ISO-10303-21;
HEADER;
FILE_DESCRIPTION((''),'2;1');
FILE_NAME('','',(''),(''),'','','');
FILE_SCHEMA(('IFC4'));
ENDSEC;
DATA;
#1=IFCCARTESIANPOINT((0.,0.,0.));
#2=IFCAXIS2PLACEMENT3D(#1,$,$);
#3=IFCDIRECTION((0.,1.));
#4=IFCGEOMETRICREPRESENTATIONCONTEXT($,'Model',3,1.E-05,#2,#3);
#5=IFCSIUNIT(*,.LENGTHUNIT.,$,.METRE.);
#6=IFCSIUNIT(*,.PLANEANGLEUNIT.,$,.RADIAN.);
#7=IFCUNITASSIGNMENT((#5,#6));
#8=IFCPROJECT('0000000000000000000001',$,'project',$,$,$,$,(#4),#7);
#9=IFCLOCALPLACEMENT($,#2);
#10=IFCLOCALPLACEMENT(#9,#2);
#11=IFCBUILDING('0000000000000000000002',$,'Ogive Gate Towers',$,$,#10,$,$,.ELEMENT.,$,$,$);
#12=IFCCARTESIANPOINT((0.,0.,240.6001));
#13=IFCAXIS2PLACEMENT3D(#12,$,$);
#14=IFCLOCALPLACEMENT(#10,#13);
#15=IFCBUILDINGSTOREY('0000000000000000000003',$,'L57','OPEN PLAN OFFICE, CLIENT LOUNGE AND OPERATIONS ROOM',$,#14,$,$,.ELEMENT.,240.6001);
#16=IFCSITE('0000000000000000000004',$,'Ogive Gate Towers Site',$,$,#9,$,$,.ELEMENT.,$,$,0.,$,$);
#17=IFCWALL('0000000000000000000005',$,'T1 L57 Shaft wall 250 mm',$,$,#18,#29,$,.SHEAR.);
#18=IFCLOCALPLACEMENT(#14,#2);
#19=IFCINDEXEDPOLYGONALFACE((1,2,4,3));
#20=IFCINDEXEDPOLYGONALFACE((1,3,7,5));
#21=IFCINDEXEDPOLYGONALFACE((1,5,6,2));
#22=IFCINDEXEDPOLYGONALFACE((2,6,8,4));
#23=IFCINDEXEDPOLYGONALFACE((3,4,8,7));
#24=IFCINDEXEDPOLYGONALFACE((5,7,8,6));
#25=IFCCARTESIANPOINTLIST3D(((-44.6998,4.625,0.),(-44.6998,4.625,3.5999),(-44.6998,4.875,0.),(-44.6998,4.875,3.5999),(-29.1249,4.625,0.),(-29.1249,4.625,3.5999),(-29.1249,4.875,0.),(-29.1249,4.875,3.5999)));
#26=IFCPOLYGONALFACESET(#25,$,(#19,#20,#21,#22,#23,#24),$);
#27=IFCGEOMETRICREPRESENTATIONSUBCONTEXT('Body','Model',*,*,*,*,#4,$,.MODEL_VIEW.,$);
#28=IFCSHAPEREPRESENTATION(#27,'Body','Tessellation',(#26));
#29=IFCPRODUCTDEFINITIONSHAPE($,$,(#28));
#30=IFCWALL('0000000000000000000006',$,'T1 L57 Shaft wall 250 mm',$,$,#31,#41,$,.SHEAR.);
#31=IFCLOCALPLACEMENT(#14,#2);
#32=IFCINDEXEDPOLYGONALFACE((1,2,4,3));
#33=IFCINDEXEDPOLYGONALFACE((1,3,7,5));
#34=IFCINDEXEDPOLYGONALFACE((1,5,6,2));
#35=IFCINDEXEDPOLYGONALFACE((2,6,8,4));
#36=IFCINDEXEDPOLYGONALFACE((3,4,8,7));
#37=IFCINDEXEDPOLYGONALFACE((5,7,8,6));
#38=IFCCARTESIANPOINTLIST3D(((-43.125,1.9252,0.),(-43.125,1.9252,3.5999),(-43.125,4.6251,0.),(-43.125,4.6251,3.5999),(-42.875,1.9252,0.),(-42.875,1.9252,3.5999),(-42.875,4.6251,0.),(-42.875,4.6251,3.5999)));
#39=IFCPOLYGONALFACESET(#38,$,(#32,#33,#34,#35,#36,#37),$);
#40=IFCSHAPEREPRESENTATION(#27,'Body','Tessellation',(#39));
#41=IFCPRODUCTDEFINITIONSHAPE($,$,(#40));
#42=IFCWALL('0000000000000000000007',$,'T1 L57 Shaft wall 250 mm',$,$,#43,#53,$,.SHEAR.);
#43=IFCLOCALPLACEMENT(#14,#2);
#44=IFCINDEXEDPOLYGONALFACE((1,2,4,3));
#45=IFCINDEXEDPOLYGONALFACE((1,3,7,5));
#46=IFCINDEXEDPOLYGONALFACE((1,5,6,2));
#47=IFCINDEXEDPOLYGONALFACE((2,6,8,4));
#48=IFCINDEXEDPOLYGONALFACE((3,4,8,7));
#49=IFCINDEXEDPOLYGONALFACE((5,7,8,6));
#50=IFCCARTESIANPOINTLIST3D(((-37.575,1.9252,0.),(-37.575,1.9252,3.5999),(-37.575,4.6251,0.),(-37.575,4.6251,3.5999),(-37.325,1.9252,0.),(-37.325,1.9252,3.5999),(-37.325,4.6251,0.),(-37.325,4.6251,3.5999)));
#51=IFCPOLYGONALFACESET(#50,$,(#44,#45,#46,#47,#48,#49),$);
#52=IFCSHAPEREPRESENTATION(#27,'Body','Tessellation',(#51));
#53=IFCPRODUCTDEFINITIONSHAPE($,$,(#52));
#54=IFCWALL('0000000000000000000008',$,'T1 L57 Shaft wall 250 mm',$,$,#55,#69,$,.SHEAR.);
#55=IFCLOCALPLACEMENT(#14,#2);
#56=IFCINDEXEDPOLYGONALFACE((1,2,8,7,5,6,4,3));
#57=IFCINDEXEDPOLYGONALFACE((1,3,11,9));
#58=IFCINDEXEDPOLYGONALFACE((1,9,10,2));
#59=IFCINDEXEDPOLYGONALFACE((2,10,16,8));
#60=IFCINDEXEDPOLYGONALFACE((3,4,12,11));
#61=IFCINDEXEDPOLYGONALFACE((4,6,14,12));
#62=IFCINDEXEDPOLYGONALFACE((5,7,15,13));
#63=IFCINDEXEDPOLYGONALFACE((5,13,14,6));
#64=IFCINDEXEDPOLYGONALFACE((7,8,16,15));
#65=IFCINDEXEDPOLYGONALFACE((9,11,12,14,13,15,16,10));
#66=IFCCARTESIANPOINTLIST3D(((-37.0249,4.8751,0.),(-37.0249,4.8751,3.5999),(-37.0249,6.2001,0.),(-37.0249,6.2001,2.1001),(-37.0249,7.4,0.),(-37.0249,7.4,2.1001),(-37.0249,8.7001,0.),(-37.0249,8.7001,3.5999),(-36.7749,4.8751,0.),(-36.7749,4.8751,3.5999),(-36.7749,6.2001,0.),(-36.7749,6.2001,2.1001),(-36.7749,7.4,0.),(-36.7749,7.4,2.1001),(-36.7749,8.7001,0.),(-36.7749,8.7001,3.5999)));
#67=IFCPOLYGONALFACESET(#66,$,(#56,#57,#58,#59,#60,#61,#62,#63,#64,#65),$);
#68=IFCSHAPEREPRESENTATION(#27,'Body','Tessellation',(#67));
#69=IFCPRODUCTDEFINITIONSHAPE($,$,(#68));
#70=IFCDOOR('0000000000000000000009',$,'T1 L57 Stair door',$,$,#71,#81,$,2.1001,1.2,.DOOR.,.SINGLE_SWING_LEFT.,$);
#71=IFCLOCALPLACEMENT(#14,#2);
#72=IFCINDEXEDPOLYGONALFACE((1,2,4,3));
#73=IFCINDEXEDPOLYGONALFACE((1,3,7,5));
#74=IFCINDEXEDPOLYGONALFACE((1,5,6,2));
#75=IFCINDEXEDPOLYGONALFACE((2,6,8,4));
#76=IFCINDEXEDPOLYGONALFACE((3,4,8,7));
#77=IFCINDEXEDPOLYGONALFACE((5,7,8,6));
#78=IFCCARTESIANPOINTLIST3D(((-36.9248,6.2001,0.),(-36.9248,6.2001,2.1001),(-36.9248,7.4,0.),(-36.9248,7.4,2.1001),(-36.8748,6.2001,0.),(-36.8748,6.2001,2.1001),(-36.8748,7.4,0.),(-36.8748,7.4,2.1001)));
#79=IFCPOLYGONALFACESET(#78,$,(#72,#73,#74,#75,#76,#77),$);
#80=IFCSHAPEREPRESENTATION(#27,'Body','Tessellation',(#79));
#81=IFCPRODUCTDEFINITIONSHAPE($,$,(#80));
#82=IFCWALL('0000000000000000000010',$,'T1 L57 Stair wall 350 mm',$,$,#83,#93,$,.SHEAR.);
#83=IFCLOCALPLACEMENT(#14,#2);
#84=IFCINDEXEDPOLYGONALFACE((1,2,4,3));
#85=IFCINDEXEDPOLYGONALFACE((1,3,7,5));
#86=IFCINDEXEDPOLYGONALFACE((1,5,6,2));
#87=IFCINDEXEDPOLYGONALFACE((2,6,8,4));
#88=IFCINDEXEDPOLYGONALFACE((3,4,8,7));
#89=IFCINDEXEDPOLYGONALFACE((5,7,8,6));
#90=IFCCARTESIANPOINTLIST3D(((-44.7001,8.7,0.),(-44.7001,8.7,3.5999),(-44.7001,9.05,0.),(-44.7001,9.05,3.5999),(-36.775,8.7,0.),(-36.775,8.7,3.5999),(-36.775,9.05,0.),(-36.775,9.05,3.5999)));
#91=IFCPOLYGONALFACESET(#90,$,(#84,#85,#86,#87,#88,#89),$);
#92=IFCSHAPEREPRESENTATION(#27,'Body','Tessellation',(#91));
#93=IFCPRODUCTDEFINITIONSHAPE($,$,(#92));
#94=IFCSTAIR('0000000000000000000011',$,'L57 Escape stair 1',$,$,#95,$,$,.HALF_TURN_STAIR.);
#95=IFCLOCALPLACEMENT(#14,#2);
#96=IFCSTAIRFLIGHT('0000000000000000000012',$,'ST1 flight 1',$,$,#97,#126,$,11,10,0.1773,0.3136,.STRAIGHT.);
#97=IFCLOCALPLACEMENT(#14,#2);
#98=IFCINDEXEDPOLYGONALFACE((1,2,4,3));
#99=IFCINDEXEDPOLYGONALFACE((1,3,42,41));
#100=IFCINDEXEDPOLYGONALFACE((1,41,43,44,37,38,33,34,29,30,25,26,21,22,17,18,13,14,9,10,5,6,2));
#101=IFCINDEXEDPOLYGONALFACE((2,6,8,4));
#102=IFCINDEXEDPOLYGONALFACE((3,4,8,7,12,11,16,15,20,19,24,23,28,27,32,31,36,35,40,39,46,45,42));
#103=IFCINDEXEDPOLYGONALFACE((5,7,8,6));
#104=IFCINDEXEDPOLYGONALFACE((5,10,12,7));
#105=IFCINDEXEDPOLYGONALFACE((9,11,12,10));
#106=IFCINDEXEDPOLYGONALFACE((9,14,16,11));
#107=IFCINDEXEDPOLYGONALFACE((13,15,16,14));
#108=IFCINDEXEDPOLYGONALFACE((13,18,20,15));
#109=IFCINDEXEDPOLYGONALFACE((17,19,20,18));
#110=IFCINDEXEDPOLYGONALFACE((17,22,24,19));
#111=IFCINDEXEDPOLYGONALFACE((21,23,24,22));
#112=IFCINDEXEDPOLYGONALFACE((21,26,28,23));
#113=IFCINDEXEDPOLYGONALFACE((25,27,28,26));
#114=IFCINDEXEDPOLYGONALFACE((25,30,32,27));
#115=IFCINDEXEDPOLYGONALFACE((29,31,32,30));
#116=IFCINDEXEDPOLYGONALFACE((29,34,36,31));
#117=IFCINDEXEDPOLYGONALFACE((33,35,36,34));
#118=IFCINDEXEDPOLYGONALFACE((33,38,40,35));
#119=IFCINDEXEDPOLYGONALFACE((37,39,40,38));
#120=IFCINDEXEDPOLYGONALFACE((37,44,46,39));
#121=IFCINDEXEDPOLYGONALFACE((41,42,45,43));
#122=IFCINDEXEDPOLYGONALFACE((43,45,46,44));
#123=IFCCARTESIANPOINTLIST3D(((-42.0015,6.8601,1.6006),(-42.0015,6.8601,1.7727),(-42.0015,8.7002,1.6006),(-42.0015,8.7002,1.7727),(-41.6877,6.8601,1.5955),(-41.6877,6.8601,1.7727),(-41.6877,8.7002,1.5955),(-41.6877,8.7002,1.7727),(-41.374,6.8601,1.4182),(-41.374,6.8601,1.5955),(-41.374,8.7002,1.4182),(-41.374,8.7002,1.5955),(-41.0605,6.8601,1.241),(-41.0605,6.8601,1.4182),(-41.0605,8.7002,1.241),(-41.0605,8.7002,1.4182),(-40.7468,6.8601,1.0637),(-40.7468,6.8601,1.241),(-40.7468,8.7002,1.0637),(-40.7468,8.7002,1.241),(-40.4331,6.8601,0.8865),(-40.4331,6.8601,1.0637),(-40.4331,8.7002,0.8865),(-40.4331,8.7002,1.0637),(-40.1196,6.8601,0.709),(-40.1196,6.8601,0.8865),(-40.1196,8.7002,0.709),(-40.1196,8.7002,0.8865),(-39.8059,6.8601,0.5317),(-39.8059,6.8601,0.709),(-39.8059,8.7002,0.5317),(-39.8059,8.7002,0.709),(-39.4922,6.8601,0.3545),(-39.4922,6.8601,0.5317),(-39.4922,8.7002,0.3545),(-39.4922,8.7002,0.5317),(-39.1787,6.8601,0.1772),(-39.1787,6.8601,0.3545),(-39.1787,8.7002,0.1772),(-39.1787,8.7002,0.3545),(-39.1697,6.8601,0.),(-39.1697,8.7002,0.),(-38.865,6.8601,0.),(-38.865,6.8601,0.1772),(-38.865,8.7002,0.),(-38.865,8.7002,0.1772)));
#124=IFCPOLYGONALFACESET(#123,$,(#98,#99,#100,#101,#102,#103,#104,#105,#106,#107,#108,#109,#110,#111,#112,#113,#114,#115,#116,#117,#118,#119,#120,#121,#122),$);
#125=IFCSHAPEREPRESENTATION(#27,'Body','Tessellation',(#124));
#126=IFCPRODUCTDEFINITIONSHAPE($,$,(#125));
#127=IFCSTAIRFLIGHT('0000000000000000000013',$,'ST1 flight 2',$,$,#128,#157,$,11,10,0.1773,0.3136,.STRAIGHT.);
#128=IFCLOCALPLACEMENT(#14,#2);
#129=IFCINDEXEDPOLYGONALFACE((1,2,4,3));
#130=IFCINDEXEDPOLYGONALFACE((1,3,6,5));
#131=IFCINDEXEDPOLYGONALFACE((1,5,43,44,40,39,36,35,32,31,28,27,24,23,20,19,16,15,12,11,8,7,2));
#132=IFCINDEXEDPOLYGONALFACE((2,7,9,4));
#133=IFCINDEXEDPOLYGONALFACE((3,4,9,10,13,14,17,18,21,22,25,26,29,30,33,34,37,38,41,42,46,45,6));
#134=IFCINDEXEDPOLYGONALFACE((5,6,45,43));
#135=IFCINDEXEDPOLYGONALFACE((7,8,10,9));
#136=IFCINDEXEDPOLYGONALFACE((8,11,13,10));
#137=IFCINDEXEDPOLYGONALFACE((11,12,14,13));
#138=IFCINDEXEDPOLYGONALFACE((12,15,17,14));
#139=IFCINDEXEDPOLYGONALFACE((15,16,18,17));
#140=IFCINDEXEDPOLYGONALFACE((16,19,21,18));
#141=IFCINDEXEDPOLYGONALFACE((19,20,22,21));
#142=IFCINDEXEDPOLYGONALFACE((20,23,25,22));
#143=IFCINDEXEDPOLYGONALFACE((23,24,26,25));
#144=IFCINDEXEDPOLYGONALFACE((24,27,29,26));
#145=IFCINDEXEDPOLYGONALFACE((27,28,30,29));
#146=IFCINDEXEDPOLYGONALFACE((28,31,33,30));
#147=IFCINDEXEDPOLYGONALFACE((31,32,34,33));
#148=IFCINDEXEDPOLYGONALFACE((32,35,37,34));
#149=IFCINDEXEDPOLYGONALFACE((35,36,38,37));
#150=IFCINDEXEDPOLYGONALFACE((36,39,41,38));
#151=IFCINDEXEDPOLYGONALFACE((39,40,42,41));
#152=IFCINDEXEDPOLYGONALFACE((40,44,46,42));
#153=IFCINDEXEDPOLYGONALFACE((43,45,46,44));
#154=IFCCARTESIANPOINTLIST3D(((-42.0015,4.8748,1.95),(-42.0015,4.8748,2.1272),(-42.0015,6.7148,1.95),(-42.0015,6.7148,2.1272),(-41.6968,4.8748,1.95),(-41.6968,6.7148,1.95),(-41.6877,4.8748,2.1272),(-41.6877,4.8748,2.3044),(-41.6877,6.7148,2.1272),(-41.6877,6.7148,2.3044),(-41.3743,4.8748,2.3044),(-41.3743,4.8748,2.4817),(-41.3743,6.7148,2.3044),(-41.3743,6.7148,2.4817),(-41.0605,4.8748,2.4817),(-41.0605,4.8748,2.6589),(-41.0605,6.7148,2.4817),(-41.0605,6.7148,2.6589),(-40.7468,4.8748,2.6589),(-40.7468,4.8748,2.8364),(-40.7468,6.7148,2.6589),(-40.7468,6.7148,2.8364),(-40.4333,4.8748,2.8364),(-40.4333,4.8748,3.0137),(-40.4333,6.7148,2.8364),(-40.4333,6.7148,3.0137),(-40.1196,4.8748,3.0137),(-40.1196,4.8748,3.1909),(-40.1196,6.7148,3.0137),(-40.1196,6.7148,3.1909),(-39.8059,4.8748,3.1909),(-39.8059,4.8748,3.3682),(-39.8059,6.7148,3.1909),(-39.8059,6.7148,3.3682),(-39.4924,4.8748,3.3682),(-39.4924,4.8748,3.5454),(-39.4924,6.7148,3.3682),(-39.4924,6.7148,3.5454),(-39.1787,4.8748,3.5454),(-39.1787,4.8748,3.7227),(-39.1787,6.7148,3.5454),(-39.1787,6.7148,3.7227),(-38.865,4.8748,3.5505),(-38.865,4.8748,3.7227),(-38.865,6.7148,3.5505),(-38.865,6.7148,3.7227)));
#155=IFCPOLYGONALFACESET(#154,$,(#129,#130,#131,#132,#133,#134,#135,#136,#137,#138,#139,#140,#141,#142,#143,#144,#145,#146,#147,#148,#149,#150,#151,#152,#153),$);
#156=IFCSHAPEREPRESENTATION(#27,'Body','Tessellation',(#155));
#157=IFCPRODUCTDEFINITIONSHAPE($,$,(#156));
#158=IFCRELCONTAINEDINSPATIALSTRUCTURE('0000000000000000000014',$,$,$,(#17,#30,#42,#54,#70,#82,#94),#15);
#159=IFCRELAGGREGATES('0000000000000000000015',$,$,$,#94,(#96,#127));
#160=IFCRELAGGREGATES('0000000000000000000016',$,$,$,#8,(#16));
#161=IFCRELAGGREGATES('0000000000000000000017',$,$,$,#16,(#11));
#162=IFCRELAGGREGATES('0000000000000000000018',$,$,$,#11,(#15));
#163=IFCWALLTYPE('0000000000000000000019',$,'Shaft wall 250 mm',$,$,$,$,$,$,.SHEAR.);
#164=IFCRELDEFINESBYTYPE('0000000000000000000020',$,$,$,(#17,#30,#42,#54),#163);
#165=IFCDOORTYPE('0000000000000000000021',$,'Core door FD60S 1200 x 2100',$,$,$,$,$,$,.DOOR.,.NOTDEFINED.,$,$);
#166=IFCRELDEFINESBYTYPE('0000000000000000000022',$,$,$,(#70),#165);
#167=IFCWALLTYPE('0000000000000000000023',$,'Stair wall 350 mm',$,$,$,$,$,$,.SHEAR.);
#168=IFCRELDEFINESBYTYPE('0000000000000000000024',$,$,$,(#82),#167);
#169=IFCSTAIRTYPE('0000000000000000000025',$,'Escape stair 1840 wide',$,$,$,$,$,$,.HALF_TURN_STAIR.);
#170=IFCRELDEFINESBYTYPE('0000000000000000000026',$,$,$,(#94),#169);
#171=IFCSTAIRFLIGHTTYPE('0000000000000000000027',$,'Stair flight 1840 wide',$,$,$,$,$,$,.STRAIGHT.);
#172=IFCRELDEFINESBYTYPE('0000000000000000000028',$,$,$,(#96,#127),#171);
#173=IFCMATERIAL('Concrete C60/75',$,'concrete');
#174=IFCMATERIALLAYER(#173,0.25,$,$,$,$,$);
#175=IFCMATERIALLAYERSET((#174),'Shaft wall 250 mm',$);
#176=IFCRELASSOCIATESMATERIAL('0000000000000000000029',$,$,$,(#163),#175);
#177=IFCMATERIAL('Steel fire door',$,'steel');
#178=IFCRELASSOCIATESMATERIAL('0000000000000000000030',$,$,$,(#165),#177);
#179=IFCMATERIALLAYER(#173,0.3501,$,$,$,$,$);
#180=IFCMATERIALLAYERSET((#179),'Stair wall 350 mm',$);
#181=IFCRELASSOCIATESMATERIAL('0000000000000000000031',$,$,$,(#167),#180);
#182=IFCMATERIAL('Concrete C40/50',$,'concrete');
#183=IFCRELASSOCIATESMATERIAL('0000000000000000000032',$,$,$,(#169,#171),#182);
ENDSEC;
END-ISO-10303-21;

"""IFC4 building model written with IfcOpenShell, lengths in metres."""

from ifc_helpers import new_model, si_unit, direction, frame, frame_2d, origin, place, context, subcontext, project, spatial, polyline, rectangle, outline, extrude, material, layer, layer_set, type_object, element, fill, aggregate, save


model = new_model("IFC4")

# Units and contexts
model_context = context("Model", 3, precision=1e-05, world=origin(), true_north=direction((0.0, 1.0)))
body_context = subcontext(model_context, "Body", "Model", "MODEL_VIEW")
ifc_project = project(units=[si_unit("LENGTHUNIT", "METRE"), si_unit("PLANEANGLEUNIT", "RADIAN")], contexts=[model_context])

# Site, building, storey
site_placement = place(None, origin())
site = spatial("IfcSite", under=ifc_project, at=site_placement, Name="Ogive Gate Towers Site", CompositionType="ELEMENT", RefElevation=0.0)
building_placement = place(site_placement, origin())
building = spatial("IfcBuilding", under=site, at=building_placement, Name="Ogive Gate Towers", CompositionType="ELEMENT")
storey_placement = place(building_placement, frame((0.0, 0.0, 240.6001)))
storey = spatial("IfcBuildingStorey", under=building, at=storey_placement, Name="L57", Description="OPEN PLAN OFFICE, CLIENT LOUNGE AND OPERATIONS ROOM", CompositionType="ELEMENT", Elevation=240.6001)

# Walls
ifc_material_1 = material(Name="Concrete C60/75", Category="concrete")
ifc_layer_1 = layer(ifc_material_1, 0.25)
ifc_layer_set_1 = layer_set([ifc_layer_1], Name="Shaft wall 250 mm")
wall_type_1 = type_object("IfcWallType", Name="Shaft wall 250 mm", PredefinedType="SHEAR", material=ifc_layer_set_1)
wall_1_placement = place(storey_placement, frame((-44.7, 4.75, 0.0), z_axis=(0.0, 0.0, 1.0), x_axis=(1.0, 0.0, 0.0)))
element("IfcWall", 1, at=wall_1_placement, inside=storey, type_object=wall_type_1, Name="T1 L57 Shaft wall 250 mm", PredefinedType="SHEAR", context=body_context, shape_type="SweptSolid", body=[
    extrude(rectangle(XDim=15.575, YDim=0.25, at=frame_2d((7.7876, 0.0))), origin(), (0.0, 0.0, 1.0), 3.5999),
])
for number, where, z_axis, x_axis, name in (
    (2, (-43.0, 1.925, 0.0), (0.0, 0.0, 1.0), (0.0, 1.0, 0.0), "T1 L57 Shaft wall 250 mm"),
    (3, (-37.45, 1.925, 0.0), (0.0, 0.0, 1.0), (0.0, 1.0, 0.0), "T1 L57 Shaft wall 250 mm"),
):
    element("IfcWall", number, at=place(storey_placement, frame(where, z_axis=z_axis, x_axis=x_axis)), inside=storey, type_object=wall_type_1, Name=name, PredefinedType="SHEAR", context=body_context, shape_type="SweptSolid", body=[
        extrude(rectangle(XDim=2.7, YDim=0.25, at=frame_2d((1.3501, 0.0))), origin(), (0.0, 0.0, 1.0), 3.5999),
    ])

# Wall, opening, door
wall_2_placement = place(storey_placement, frame((-36.8999, 4.875, 0.0), z_axis=(0.0, 0.0, 1.0), x_axis=(0.0, 1.0, 0.0)))
wall_2 = element("IfcWall", 4, at=wall_2_placement, inside=storey, type_object=wall_type_1, Name="T1 L57 Shaft wall 250 mm", PredefinedType="SHEAR", context=body_context, shape_type="SweptSolid", body=[
    extrude(rectangle(XDim=3.825, YDim=0.25, at=frame_2d((1.9126, 0.0))), origin(), (0.0, 0.0, 1.0), 3.5999),
])
opening_placement = place(wall_2_placement, frame((1.325, 0.0, 0.0)))
opening = element("IfcOpeningElement", 5, at=opening_placement, cuts=wall_2, PredefinedType="OPENING", context=body_context, shape_type="SweptSolid", body=[
    extrude(rectangle(XDim=1.2, YDim=2.1001, at=frame_2d((0.6001, 1.05))), frame((0.0, 0.135, 0.0), z_axis=(0.0, -1.0, 0.0), x_axis=(1.0, 0.0, 0.0)), (0.0, 0.0, 1.0), 0.27),
])
ifc_material_2 = material(Name="Steel fire door", Category="steel")
door_type = type_object("IfcDoorType", Name="Core door FD60S 1200 x 2100", OperationType="NOTDEFINED", PredefinedType="DOOR", material=ifc_material_2)
door_placement = place(opening_placement, origin())
door = element("IfcDoor", 6, at=door_placement, inside=storey, type_object=door_type, Name="T1 L57 Stair door", OperationType="SINGLE_SWING_LEFT", OverallHeight=2.1001, OverallWidth=1.2, PredefinedType="DOOR", context=body_context, shape_type="SweptSolid", body=[
    extrude(rectangle(XDim=1.2, YDim=2.1001, at=frame_2d((0.6001, 1.05))), frame((0.0, 0.0249, 0.0), z_axis=(0.0, -1.0, 0.0), x_axis=(1.0, 0.0, 0.0)), (0.0, 0.0, 1.0), 0.05),
])
fill(opening, door)

# Wall
ifc_layer_2 = layer(ifc_material_1, 0.3501)
ifc_layer_set_2 = layer_set([ifc_layer_2], Name="Stair wall 350 mm")
wall_type_2 = type_object("IfcWallType", Name="Stair wall 350 mm", PredefinedType="SHEAR", material=ifc_layer_set_2)
wall_3_placement = place(storey_placement, frame((-44.7, 8.875, 0.0), z_axis=(0.0, 0.0, 1.0), x_axis=(1.0, 0.0, 0.0)))
element("IfcWall", 7, at=wall_3_placement, inside=storey, type_object=wall_type_2, Name="T1 L57 Stair wall 350 mm", PredefinedType="SHEAR", context=body_context, shape_type="SweptSolid", body=[
    extrude(rectangle(XDim=7.925, YDim=0.3501, at=frame_2d((3.9624, 0.0))), origin(), (0.0, 0.0, 1.0), 3.5999),
])

# Stair, stair flights
ifc_material_3 = material(Name="Concrete C40/50", Category="concrete")
stair_type = type_object("IfcStairType", Name="Escape stair 1840 wide", PredefinedType="HALF_TURN_STAIR", material=ifc_material_3)
stair_placement = place(storey_placement, origin())
stair = element("IfcStair", 8, at=stair_placement, inside=storey, type_object=stair_type, Name="L57 Escape stair 1", PredefinedType="HALF_TURN_STAIR")
stair_flight_type = type_object("IfcStairFlightType", Name="Stair flight 1840 wide", PredefinedType="STRAIGHT", material=ifc_material_3)
stair_flight_1_placement = place(storey_placement, frame((-38.865, 7.78, 0.0), z_axis=(0.0, 0.0, 1.0), x_axis=(-1.0, 0.0, 0.0)))
stair_flight_1 = element("IfcStairFlight", 9, at=stair_flight_1_placement, type_object=stair_flight_type, Name="ST1 flight 1", NumberOfRisers=11, NumberOfTreads=10, PredefinedType="STRAIGHT", RiserHeight=0.1773, TreadLength=0.3136, context=body_context, shape_type="SweptSolid", body=[
    extrude(outline(polyline([(0.0, 0.0), (0.0, 0.1772), (0.3137, 0.1772), (0.3137, 0.3545), (0.6272, 0.3545), (0.6272, 0.5317), (0.9409, 0.5317), (0.9409, 0.709), (1.2546, 0.709), (1.2546, 0.8865), (1.5681, 0.8865), (1.5681, 1.0637), (1.8818, 1.0637), (1.8818, 1.241), (2.1956, 1.241), (2.1956, 1.4182), (2.509, 1.4182), (2.509, 1.5955), (2.8228, 1.5955), (2.8228, 1.7727), (3.1365, 1.7727), (3.1365, 1.95), (3.1365, 1.6006), (0.3047, 0.0), (0.0, 0.0)])), frame((0.0, 0.9199, 0.0), z_axis=(0.0, -1.0, 0.0), x_axis=(1.0, 0.0, 0.0)), (0.0, 0.0, 1.0), 1.8401),
])
stair_flight_2_placement = place(storey_placement, frame((-42.0015, 5.7949, 1.95), z_axis=(0.0, 0.0, 1.0), x_axis=(1.0, 0.0, 0.0)))
stair_flight_2 = element("IfcStairFlight", 10, at=stair_flight_2_placement, type_object=stair_flight_type, Name="ST1 flight 2", NumberOfRisers=11, NumberOfTreads=10, PredefinedType="STRAIGHT", RiserHeight=0.1773, TreadLength=0.3136, context=body_context, shape_type="SweptSolid", body=[
    extrude(outline(polyline([(0.0, 0.0), (0.0, 0.1772), (0.3137, 0.1772), (0.3137, 0.3545), (0.6272, 0.3545), (0.6272, 0.5317), (0.9409, 0.5317), (0.9409, 0.709), (1.2546, 0.709), (1.2546, 0.8865), (1.5681, 0.8865), (1.5681, 1.0637), (1.8818, 1.0637), (1.8818, 1.241), (2.1956, 1.241), (2.1956, 1.4182), (2.509, 1.4182), (2.509, 1.5955), (2.8228, 1.5955), (2.8228, 1.7727), (3.1365, 1.7727), (3.1365, 1.95), (3.1365, 1.6006), (0.3047, 0.0), (0.0, 0.0)])), frame((0.0, 0.9199, 0.0), z_axis=(0.0, -1.0, 0.0), x_axis=(1.0, 0.0, 0.0)), (0.0, 0.0, 1.0), 1.8401),
])
aggregate(stair, [stair_flight_1, stair_flight_2])

save(model, "model.ifc")
